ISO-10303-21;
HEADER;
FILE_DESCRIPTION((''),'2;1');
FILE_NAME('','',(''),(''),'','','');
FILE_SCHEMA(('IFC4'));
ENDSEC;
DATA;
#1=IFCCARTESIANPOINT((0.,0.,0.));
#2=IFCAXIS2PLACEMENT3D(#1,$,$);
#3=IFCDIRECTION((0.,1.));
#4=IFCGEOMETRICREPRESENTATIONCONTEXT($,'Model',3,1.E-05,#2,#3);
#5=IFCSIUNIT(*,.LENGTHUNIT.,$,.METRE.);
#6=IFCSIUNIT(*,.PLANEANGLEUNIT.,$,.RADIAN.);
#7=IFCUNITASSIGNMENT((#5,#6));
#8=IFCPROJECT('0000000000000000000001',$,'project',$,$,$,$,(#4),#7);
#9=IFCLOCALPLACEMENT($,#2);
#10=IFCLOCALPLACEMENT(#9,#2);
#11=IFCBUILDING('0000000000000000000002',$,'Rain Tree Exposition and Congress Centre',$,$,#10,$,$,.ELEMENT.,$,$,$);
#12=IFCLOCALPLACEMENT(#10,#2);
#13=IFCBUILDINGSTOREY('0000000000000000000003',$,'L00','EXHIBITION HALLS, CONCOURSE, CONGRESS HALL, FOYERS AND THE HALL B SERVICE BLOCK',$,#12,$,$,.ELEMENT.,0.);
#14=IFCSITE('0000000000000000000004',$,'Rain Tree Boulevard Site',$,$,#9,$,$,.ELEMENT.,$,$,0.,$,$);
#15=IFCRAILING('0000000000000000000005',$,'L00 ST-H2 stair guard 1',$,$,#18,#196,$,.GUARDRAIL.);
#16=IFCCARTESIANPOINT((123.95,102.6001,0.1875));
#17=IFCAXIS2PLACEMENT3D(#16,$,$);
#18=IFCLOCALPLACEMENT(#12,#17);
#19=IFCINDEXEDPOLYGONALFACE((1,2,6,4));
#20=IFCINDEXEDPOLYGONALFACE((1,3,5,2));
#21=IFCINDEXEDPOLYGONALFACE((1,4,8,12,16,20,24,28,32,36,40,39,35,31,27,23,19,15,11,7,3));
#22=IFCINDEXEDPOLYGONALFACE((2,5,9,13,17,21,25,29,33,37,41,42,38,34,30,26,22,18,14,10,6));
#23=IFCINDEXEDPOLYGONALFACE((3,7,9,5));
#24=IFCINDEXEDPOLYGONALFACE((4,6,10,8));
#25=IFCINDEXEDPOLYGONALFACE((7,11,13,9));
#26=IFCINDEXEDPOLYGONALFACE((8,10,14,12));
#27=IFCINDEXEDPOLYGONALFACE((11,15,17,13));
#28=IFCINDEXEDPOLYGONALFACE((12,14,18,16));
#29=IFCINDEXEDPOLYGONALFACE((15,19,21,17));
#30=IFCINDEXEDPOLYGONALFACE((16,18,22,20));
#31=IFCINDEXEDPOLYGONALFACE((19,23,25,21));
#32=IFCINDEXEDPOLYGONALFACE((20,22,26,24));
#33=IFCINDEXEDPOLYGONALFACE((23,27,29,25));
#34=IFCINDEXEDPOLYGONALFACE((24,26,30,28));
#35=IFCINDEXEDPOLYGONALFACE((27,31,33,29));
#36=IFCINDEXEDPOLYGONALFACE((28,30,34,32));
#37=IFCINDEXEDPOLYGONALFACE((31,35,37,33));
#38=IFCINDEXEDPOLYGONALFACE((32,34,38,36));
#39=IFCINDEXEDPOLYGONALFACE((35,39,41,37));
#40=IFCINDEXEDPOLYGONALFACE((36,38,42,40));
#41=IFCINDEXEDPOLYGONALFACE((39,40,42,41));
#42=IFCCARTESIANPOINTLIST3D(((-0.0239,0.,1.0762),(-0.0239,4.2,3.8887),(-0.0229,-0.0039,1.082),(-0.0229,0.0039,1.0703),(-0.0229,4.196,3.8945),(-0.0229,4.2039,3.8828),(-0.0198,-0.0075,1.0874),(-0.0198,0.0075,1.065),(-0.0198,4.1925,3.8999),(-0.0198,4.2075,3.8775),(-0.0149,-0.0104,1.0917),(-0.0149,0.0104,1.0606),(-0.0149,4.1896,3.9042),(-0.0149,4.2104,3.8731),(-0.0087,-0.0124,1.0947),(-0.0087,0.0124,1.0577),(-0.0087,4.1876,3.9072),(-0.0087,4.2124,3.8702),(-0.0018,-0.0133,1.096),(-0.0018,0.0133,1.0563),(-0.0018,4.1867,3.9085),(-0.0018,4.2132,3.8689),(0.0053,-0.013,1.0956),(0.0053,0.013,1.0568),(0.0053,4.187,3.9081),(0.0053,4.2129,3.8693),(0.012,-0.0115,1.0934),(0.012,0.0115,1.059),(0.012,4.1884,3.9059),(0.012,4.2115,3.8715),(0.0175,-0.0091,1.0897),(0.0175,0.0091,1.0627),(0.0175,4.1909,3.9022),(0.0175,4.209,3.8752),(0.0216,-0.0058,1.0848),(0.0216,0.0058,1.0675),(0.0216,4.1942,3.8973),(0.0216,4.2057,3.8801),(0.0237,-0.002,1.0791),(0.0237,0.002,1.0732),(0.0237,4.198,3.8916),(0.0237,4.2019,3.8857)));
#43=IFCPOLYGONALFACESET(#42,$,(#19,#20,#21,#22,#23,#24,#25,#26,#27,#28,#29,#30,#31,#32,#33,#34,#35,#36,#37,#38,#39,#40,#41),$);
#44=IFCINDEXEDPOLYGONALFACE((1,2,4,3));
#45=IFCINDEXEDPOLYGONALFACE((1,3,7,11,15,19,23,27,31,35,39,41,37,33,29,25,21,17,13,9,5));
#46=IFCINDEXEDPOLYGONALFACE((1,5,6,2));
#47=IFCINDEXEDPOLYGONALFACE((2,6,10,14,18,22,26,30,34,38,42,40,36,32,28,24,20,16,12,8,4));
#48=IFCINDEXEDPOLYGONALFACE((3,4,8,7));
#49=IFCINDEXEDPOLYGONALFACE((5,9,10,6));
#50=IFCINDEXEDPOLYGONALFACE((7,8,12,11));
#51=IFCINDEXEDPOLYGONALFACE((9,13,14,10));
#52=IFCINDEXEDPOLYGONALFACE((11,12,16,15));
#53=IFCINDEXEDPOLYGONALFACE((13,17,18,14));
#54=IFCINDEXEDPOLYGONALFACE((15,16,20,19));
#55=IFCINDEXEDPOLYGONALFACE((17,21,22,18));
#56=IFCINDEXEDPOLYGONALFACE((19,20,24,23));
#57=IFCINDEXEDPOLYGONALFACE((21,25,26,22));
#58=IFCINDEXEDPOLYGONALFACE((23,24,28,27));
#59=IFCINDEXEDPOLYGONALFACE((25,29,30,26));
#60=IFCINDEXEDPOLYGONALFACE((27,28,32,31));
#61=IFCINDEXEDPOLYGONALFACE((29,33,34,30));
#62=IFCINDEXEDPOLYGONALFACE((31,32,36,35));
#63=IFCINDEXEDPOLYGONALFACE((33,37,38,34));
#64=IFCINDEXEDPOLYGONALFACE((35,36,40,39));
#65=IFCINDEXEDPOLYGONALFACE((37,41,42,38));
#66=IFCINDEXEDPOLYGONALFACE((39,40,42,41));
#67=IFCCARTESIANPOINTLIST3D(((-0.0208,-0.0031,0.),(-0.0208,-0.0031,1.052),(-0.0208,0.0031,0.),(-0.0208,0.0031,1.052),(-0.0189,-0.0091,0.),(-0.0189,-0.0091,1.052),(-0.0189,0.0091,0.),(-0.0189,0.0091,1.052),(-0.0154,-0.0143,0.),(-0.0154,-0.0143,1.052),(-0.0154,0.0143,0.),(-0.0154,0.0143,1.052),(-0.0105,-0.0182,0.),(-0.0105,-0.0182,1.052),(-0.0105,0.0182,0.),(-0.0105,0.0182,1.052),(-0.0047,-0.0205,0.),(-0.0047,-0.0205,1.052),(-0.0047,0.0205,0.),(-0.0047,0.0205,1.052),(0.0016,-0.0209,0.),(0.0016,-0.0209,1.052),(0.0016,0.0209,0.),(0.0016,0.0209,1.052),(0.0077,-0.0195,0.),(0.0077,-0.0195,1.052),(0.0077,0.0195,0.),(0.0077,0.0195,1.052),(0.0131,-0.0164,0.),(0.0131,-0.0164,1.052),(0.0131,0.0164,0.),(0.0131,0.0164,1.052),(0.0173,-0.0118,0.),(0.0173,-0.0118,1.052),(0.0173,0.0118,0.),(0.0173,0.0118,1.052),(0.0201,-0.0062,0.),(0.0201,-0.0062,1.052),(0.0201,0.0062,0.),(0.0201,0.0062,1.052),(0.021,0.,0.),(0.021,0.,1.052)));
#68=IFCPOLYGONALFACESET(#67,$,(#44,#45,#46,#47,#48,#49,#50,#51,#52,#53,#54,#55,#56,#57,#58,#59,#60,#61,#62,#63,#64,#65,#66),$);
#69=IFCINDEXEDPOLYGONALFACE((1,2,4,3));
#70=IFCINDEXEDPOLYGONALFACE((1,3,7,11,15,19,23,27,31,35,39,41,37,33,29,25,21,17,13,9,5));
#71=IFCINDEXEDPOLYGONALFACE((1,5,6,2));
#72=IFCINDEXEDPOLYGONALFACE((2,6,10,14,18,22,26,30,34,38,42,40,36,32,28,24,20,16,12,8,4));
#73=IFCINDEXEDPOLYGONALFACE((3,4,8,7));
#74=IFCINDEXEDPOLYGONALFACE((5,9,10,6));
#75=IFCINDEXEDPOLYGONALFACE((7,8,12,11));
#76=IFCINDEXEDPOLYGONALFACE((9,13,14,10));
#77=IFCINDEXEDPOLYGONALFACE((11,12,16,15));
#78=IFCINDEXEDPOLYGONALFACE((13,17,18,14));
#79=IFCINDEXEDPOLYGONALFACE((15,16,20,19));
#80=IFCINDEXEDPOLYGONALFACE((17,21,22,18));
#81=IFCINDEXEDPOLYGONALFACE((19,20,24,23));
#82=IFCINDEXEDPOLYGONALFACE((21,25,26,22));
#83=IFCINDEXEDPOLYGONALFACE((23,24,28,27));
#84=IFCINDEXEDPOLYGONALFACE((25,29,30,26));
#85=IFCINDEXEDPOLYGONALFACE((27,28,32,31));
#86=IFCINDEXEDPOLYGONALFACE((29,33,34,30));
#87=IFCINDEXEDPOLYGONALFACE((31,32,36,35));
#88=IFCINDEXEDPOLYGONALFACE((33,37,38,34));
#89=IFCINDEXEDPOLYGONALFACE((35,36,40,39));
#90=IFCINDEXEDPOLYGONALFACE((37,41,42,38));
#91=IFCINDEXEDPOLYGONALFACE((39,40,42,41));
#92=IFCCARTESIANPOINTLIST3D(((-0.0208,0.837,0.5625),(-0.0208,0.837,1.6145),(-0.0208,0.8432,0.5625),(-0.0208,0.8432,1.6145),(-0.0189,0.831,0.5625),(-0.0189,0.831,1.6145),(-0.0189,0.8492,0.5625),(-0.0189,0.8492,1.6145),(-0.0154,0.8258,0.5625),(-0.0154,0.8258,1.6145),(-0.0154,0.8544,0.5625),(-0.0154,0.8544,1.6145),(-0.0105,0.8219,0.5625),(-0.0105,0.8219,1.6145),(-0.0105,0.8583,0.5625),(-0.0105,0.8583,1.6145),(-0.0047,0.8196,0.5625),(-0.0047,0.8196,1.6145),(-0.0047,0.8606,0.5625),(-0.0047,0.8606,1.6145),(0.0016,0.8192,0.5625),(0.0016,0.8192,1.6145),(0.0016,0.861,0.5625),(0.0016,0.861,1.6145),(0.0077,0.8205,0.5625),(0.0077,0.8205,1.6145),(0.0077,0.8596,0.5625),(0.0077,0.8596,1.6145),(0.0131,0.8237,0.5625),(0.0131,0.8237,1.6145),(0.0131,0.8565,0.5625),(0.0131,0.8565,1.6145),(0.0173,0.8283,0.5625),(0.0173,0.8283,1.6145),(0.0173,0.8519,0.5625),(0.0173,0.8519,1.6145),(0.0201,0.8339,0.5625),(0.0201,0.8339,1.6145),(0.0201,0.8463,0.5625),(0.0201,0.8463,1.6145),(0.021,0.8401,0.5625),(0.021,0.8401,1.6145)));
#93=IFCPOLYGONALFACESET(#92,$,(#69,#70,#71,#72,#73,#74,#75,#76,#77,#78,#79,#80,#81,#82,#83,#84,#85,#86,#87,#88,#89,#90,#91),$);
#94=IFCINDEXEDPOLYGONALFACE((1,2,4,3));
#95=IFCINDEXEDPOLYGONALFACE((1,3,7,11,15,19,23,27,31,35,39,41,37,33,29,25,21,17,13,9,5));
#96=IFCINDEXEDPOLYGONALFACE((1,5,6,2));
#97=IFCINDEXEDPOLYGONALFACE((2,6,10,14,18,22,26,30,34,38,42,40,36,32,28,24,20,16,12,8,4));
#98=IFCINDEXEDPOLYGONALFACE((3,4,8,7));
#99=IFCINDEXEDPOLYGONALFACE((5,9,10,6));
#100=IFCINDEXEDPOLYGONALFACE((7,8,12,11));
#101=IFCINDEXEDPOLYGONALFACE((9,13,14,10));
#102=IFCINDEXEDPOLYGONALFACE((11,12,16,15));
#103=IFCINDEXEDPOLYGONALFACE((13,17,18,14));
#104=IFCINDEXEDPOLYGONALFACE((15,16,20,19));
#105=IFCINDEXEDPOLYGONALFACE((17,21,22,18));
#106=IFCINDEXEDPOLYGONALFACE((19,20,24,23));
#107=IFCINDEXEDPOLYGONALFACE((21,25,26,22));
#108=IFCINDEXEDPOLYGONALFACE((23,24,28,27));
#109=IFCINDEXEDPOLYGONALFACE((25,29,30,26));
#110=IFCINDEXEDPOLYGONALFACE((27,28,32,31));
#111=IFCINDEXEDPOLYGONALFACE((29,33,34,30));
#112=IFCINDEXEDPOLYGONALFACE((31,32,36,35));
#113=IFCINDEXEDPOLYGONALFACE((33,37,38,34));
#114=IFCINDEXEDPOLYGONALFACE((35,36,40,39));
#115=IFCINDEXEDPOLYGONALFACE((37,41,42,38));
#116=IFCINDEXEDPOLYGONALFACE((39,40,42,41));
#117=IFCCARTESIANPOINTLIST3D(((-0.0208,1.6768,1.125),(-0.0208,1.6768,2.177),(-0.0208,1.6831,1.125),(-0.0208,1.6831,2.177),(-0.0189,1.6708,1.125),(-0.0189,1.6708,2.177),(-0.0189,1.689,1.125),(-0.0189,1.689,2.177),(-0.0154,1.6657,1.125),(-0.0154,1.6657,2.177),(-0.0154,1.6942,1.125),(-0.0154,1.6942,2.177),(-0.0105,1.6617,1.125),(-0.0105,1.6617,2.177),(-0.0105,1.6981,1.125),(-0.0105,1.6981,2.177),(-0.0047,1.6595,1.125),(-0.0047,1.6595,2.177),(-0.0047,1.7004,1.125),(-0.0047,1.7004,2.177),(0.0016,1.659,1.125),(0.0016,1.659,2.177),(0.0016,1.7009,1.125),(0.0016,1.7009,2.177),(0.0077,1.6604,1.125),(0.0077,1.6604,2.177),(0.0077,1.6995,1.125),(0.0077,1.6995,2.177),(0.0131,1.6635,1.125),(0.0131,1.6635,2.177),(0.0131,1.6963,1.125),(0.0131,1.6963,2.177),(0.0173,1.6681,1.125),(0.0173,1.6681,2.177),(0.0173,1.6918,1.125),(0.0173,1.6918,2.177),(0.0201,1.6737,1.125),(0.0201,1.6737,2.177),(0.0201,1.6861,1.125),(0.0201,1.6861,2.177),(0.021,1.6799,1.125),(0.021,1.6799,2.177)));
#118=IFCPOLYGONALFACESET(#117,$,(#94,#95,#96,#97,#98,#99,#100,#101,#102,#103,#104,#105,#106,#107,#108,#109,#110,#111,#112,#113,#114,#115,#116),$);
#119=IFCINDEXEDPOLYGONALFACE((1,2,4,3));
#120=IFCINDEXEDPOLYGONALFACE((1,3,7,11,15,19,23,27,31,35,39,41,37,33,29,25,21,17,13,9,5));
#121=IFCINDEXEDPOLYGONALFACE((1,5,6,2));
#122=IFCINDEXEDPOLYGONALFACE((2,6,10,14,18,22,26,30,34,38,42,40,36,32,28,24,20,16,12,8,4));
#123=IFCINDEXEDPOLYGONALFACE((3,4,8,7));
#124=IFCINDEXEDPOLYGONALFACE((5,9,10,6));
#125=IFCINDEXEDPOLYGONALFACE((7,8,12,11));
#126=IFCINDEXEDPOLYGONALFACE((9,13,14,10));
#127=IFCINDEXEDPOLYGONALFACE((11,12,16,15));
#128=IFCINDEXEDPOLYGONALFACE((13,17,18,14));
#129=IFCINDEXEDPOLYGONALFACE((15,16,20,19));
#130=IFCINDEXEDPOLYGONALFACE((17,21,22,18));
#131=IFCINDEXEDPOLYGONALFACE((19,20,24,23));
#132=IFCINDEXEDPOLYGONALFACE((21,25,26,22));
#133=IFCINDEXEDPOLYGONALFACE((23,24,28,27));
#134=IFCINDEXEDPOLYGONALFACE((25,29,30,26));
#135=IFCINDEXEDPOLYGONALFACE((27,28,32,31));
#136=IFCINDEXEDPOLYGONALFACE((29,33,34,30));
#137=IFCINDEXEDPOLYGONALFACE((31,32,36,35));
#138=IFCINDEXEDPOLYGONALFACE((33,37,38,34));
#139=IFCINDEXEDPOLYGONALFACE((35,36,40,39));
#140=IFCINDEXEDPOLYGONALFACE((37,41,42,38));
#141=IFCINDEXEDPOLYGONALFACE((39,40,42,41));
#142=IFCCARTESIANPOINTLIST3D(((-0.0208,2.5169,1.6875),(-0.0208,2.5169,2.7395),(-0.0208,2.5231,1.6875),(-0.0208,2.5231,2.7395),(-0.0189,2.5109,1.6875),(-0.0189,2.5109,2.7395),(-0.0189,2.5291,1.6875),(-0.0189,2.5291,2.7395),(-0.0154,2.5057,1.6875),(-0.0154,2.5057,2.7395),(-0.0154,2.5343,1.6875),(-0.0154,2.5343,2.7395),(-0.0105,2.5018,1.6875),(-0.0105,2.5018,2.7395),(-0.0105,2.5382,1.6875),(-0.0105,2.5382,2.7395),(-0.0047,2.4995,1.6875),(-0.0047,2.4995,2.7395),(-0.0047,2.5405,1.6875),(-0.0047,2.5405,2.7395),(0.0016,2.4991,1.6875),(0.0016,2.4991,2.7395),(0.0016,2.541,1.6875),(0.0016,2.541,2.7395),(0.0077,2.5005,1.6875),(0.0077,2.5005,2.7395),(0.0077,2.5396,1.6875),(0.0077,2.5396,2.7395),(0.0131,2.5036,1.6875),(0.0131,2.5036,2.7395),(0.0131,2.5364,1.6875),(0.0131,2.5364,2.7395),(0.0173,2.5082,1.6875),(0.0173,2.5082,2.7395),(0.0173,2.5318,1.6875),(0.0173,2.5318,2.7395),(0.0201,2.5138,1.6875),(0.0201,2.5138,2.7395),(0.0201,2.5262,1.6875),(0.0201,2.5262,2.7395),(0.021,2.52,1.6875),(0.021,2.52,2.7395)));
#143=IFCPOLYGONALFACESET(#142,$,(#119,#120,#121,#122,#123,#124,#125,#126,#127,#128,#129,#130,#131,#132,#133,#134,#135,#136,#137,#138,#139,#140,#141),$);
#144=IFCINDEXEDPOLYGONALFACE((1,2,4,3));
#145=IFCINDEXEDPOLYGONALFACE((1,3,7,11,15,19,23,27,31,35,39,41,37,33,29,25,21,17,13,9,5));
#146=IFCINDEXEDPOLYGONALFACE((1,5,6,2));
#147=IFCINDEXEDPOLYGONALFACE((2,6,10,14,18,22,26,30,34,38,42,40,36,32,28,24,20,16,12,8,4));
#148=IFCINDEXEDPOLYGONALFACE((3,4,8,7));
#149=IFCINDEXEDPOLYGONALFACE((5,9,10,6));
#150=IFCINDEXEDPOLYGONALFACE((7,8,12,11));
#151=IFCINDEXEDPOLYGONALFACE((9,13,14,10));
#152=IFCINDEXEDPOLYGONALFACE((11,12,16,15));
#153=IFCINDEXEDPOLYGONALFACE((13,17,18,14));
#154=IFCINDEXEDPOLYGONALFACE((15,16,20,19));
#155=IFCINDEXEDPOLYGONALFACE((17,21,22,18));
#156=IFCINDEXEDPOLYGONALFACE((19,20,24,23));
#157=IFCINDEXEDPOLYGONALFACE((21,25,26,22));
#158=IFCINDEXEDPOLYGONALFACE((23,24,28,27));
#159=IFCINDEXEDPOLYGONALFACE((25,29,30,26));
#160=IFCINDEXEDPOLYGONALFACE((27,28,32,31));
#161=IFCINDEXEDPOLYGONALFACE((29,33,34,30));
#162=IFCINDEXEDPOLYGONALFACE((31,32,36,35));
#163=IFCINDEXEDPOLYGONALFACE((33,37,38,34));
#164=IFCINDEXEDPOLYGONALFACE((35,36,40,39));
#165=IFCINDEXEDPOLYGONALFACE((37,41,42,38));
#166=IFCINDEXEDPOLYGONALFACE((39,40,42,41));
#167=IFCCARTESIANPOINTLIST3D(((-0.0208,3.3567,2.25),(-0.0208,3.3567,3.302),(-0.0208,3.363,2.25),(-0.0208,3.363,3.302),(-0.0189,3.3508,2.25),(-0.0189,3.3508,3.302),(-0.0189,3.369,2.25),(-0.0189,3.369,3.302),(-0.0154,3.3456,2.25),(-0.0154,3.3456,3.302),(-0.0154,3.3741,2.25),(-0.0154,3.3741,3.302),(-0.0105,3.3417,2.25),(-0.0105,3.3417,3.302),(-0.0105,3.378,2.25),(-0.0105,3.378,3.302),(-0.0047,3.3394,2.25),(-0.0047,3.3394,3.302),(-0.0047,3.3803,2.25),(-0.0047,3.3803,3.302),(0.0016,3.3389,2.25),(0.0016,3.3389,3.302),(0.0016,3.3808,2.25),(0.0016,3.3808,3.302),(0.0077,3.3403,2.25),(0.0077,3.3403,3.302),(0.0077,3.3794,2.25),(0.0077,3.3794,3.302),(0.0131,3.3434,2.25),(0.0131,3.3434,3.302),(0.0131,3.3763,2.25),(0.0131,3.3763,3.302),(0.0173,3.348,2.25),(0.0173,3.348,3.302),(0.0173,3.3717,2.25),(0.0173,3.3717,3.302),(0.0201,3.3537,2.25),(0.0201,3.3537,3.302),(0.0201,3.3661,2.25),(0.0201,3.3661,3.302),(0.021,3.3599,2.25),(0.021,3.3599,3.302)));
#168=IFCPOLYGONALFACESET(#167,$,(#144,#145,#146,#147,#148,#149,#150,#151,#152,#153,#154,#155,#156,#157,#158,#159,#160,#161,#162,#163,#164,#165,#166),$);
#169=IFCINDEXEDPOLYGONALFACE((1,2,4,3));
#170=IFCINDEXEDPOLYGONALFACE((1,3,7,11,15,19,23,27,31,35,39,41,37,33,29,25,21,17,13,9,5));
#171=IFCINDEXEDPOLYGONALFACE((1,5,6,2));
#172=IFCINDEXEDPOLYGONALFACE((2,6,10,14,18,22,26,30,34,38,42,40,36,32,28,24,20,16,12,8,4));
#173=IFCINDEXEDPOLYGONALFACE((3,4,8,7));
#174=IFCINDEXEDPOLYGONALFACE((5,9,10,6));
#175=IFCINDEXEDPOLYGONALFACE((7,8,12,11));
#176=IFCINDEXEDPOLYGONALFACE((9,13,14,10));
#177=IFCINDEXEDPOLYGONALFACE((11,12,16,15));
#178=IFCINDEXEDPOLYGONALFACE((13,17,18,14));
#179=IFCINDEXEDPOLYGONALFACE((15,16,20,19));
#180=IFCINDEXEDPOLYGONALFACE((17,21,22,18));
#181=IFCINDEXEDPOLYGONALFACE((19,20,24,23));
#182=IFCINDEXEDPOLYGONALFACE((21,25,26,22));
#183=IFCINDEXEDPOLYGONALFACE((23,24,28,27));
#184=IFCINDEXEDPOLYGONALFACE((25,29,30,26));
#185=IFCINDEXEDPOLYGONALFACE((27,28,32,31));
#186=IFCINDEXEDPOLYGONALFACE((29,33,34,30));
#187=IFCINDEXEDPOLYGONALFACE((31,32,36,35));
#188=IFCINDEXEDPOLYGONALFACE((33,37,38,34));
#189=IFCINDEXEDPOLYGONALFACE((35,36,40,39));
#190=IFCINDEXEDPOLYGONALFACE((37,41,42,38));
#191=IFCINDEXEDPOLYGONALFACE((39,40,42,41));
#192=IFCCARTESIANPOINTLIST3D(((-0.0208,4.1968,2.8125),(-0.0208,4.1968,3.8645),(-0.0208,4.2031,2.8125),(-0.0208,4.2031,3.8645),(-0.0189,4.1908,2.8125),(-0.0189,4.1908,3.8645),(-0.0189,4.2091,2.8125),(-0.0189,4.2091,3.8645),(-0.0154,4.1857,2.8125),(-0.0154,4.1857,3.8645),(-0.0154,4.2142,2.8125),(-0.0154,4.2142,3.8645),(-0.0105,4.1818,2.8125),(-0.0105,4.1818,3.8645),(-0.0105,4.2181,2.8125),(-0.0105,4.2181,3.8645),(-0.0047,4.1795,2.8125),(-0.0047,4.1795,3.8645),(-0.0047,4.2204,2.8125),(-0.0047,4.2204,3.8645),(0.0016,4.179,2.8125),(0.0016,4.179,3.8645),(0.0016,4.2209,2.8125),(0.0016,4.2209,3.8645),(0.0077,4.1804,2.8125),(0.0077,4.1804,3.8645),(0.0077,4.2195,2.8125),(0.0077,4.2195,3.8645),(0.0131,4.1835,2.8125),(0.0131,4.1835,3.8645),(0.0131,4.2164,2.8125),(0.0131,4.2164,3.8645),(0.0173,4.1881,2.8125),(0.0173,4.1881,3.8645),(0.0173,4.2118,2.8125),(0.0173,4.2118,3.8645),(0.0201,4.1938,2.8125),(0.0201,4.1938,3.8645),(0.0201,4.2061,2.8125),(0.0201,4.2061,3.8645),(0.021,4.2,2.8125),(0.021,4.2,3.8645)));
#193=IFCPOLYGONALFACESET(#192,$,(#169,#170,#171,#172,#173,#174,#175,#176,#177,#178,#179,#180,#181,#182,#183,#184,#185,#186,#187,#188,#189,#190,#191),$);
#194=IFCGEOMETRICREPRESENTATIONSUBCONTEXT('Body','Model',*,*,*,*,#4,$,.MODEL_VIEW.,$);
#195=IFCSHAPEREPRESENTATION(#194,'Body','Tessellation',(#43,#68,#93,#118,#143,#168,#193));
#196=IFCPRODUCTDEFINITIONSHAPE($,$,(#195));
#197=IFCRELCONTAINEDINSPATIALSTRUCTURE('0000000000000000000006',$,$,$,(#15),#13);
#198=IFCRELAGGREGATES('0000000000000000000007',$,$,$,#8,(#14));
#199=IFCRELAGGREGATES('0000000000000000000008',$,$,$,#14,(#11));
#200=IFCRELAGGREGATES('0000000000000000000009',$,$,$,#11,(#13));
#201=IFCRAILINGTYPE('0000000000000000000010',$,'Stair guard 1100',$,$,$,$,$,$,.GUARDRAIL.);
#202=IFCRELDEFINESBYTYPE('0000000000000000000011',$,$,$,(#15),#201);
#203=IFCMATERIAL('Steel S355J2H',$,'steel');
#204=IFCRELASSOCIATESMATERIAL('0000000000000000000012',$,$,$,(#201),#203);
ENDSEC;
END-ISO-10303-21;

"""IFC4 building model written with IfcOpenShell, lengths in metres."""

from ifc_helpers import new_model, si_unit, direction, frame, origin, origin_2d, place, context, subcontext, project, spatial, circle, extrude, material, type_object, element, save


model = new_model("IFC4")

# Units and contexts
model_context = context("Model", 3, precision=1e-05, world=origin(), true_north=direction((0.0, 1.0)))
body_context = subcontext(model_context, "Body", "Model", "MODEL_VIEW")
ifc_project = project(units=[si_unit("LENGTHUNIT", "METRE"), si_unit("PLANEANGLEUNIT", "RADIAN")], contexts=[model_context])

# Site, building, storey
site_placement = place(None, origin())
site = spatial("IfcSite", under=ifc_project, at=site_placement, Name="Rain Tree Boulevard Site", CompositionType="ELEMENT", RefElevation=0.0)
building_placement = place(site_placement, origin())
building = spatial("IfcBuilding", under=site, at=building_placement, Name="Rain Tree Exposition and Congress Centre", CompositionType="ELEMENT")
storey_placement = place(building_placement, origin())
storey = spatial("IfcBuildingStorey", under=building, at=storey_placement, Name="L00", Description="EXHIBITION HALLS, CONCOURSE, CONGRESS HALL, FOYERS AND THE HALL B SERVICE BLOCK", CompositionType="ELEMENT", Elevation=0.0)

# Railing
ifc_material_1 = material(Name="Steel S355J2H", Category="steel")
railing_type_1 = type_object("IfcRailingType", Name="Stair guard 1100", PredefinedType="GUARDRAIL", material=ifc_material_1)
railing_1_placement = place(storey_placement, frame((123.95, 102.6001, 0.1875)))
element("IfcRailing", 1, at=railing_1_placement, inside=storey, type_object=railing_type_1, Name="L00 ST-H2 stair guard 1", PredefinedType="GUARDRAIL", context=body_context, shape_type="SweptSolid", body=[
    extrude(circle(Radius=0.0239, at=origin_2d()), frame((0.0, 0.0, 1.0762), z_axis=(0.0, 0.830904, 0.556416), x_axis=(-1.0, 0.0, 0.0)), (0.0, 0.0, 1.0), 5.0547),
    extrude(circle(Radius=0.021, at=origin_2d()), origin(), (0.0, 0.0, 1.0), 1.052),
    extrude(circle(Radius=0.021, at=origin_2d()), frame((0.0, 0.8401, 0.5625)), (0.0, 0.0, 1.0), 1.052),
    extrude(circle(Radius=0.021, at=origin_2d()), frame((0.0, 1.6799, 1.125)), (0.0, 0.0, 1.0), 1.052),
    extrude(circle(Radius=0.021, at=origin_2d()), frame((0.0, 2.52, 1.6875)), (0.0, 0.0, 1.0), 1.052),
    extrude(circle(Radius=0.021, at=origin_2d()), frame((0.0, 3.3599, 2.25)), (0.0, 0.0, 1.0), 1.052),
    extrude(circle(Radius=0.021, at=origin_2d()), frame((0.0, 4.2, 2.8125)), (0.0, 0.0, 1.0), 1.052),
])

save(model, "model.ifc")
